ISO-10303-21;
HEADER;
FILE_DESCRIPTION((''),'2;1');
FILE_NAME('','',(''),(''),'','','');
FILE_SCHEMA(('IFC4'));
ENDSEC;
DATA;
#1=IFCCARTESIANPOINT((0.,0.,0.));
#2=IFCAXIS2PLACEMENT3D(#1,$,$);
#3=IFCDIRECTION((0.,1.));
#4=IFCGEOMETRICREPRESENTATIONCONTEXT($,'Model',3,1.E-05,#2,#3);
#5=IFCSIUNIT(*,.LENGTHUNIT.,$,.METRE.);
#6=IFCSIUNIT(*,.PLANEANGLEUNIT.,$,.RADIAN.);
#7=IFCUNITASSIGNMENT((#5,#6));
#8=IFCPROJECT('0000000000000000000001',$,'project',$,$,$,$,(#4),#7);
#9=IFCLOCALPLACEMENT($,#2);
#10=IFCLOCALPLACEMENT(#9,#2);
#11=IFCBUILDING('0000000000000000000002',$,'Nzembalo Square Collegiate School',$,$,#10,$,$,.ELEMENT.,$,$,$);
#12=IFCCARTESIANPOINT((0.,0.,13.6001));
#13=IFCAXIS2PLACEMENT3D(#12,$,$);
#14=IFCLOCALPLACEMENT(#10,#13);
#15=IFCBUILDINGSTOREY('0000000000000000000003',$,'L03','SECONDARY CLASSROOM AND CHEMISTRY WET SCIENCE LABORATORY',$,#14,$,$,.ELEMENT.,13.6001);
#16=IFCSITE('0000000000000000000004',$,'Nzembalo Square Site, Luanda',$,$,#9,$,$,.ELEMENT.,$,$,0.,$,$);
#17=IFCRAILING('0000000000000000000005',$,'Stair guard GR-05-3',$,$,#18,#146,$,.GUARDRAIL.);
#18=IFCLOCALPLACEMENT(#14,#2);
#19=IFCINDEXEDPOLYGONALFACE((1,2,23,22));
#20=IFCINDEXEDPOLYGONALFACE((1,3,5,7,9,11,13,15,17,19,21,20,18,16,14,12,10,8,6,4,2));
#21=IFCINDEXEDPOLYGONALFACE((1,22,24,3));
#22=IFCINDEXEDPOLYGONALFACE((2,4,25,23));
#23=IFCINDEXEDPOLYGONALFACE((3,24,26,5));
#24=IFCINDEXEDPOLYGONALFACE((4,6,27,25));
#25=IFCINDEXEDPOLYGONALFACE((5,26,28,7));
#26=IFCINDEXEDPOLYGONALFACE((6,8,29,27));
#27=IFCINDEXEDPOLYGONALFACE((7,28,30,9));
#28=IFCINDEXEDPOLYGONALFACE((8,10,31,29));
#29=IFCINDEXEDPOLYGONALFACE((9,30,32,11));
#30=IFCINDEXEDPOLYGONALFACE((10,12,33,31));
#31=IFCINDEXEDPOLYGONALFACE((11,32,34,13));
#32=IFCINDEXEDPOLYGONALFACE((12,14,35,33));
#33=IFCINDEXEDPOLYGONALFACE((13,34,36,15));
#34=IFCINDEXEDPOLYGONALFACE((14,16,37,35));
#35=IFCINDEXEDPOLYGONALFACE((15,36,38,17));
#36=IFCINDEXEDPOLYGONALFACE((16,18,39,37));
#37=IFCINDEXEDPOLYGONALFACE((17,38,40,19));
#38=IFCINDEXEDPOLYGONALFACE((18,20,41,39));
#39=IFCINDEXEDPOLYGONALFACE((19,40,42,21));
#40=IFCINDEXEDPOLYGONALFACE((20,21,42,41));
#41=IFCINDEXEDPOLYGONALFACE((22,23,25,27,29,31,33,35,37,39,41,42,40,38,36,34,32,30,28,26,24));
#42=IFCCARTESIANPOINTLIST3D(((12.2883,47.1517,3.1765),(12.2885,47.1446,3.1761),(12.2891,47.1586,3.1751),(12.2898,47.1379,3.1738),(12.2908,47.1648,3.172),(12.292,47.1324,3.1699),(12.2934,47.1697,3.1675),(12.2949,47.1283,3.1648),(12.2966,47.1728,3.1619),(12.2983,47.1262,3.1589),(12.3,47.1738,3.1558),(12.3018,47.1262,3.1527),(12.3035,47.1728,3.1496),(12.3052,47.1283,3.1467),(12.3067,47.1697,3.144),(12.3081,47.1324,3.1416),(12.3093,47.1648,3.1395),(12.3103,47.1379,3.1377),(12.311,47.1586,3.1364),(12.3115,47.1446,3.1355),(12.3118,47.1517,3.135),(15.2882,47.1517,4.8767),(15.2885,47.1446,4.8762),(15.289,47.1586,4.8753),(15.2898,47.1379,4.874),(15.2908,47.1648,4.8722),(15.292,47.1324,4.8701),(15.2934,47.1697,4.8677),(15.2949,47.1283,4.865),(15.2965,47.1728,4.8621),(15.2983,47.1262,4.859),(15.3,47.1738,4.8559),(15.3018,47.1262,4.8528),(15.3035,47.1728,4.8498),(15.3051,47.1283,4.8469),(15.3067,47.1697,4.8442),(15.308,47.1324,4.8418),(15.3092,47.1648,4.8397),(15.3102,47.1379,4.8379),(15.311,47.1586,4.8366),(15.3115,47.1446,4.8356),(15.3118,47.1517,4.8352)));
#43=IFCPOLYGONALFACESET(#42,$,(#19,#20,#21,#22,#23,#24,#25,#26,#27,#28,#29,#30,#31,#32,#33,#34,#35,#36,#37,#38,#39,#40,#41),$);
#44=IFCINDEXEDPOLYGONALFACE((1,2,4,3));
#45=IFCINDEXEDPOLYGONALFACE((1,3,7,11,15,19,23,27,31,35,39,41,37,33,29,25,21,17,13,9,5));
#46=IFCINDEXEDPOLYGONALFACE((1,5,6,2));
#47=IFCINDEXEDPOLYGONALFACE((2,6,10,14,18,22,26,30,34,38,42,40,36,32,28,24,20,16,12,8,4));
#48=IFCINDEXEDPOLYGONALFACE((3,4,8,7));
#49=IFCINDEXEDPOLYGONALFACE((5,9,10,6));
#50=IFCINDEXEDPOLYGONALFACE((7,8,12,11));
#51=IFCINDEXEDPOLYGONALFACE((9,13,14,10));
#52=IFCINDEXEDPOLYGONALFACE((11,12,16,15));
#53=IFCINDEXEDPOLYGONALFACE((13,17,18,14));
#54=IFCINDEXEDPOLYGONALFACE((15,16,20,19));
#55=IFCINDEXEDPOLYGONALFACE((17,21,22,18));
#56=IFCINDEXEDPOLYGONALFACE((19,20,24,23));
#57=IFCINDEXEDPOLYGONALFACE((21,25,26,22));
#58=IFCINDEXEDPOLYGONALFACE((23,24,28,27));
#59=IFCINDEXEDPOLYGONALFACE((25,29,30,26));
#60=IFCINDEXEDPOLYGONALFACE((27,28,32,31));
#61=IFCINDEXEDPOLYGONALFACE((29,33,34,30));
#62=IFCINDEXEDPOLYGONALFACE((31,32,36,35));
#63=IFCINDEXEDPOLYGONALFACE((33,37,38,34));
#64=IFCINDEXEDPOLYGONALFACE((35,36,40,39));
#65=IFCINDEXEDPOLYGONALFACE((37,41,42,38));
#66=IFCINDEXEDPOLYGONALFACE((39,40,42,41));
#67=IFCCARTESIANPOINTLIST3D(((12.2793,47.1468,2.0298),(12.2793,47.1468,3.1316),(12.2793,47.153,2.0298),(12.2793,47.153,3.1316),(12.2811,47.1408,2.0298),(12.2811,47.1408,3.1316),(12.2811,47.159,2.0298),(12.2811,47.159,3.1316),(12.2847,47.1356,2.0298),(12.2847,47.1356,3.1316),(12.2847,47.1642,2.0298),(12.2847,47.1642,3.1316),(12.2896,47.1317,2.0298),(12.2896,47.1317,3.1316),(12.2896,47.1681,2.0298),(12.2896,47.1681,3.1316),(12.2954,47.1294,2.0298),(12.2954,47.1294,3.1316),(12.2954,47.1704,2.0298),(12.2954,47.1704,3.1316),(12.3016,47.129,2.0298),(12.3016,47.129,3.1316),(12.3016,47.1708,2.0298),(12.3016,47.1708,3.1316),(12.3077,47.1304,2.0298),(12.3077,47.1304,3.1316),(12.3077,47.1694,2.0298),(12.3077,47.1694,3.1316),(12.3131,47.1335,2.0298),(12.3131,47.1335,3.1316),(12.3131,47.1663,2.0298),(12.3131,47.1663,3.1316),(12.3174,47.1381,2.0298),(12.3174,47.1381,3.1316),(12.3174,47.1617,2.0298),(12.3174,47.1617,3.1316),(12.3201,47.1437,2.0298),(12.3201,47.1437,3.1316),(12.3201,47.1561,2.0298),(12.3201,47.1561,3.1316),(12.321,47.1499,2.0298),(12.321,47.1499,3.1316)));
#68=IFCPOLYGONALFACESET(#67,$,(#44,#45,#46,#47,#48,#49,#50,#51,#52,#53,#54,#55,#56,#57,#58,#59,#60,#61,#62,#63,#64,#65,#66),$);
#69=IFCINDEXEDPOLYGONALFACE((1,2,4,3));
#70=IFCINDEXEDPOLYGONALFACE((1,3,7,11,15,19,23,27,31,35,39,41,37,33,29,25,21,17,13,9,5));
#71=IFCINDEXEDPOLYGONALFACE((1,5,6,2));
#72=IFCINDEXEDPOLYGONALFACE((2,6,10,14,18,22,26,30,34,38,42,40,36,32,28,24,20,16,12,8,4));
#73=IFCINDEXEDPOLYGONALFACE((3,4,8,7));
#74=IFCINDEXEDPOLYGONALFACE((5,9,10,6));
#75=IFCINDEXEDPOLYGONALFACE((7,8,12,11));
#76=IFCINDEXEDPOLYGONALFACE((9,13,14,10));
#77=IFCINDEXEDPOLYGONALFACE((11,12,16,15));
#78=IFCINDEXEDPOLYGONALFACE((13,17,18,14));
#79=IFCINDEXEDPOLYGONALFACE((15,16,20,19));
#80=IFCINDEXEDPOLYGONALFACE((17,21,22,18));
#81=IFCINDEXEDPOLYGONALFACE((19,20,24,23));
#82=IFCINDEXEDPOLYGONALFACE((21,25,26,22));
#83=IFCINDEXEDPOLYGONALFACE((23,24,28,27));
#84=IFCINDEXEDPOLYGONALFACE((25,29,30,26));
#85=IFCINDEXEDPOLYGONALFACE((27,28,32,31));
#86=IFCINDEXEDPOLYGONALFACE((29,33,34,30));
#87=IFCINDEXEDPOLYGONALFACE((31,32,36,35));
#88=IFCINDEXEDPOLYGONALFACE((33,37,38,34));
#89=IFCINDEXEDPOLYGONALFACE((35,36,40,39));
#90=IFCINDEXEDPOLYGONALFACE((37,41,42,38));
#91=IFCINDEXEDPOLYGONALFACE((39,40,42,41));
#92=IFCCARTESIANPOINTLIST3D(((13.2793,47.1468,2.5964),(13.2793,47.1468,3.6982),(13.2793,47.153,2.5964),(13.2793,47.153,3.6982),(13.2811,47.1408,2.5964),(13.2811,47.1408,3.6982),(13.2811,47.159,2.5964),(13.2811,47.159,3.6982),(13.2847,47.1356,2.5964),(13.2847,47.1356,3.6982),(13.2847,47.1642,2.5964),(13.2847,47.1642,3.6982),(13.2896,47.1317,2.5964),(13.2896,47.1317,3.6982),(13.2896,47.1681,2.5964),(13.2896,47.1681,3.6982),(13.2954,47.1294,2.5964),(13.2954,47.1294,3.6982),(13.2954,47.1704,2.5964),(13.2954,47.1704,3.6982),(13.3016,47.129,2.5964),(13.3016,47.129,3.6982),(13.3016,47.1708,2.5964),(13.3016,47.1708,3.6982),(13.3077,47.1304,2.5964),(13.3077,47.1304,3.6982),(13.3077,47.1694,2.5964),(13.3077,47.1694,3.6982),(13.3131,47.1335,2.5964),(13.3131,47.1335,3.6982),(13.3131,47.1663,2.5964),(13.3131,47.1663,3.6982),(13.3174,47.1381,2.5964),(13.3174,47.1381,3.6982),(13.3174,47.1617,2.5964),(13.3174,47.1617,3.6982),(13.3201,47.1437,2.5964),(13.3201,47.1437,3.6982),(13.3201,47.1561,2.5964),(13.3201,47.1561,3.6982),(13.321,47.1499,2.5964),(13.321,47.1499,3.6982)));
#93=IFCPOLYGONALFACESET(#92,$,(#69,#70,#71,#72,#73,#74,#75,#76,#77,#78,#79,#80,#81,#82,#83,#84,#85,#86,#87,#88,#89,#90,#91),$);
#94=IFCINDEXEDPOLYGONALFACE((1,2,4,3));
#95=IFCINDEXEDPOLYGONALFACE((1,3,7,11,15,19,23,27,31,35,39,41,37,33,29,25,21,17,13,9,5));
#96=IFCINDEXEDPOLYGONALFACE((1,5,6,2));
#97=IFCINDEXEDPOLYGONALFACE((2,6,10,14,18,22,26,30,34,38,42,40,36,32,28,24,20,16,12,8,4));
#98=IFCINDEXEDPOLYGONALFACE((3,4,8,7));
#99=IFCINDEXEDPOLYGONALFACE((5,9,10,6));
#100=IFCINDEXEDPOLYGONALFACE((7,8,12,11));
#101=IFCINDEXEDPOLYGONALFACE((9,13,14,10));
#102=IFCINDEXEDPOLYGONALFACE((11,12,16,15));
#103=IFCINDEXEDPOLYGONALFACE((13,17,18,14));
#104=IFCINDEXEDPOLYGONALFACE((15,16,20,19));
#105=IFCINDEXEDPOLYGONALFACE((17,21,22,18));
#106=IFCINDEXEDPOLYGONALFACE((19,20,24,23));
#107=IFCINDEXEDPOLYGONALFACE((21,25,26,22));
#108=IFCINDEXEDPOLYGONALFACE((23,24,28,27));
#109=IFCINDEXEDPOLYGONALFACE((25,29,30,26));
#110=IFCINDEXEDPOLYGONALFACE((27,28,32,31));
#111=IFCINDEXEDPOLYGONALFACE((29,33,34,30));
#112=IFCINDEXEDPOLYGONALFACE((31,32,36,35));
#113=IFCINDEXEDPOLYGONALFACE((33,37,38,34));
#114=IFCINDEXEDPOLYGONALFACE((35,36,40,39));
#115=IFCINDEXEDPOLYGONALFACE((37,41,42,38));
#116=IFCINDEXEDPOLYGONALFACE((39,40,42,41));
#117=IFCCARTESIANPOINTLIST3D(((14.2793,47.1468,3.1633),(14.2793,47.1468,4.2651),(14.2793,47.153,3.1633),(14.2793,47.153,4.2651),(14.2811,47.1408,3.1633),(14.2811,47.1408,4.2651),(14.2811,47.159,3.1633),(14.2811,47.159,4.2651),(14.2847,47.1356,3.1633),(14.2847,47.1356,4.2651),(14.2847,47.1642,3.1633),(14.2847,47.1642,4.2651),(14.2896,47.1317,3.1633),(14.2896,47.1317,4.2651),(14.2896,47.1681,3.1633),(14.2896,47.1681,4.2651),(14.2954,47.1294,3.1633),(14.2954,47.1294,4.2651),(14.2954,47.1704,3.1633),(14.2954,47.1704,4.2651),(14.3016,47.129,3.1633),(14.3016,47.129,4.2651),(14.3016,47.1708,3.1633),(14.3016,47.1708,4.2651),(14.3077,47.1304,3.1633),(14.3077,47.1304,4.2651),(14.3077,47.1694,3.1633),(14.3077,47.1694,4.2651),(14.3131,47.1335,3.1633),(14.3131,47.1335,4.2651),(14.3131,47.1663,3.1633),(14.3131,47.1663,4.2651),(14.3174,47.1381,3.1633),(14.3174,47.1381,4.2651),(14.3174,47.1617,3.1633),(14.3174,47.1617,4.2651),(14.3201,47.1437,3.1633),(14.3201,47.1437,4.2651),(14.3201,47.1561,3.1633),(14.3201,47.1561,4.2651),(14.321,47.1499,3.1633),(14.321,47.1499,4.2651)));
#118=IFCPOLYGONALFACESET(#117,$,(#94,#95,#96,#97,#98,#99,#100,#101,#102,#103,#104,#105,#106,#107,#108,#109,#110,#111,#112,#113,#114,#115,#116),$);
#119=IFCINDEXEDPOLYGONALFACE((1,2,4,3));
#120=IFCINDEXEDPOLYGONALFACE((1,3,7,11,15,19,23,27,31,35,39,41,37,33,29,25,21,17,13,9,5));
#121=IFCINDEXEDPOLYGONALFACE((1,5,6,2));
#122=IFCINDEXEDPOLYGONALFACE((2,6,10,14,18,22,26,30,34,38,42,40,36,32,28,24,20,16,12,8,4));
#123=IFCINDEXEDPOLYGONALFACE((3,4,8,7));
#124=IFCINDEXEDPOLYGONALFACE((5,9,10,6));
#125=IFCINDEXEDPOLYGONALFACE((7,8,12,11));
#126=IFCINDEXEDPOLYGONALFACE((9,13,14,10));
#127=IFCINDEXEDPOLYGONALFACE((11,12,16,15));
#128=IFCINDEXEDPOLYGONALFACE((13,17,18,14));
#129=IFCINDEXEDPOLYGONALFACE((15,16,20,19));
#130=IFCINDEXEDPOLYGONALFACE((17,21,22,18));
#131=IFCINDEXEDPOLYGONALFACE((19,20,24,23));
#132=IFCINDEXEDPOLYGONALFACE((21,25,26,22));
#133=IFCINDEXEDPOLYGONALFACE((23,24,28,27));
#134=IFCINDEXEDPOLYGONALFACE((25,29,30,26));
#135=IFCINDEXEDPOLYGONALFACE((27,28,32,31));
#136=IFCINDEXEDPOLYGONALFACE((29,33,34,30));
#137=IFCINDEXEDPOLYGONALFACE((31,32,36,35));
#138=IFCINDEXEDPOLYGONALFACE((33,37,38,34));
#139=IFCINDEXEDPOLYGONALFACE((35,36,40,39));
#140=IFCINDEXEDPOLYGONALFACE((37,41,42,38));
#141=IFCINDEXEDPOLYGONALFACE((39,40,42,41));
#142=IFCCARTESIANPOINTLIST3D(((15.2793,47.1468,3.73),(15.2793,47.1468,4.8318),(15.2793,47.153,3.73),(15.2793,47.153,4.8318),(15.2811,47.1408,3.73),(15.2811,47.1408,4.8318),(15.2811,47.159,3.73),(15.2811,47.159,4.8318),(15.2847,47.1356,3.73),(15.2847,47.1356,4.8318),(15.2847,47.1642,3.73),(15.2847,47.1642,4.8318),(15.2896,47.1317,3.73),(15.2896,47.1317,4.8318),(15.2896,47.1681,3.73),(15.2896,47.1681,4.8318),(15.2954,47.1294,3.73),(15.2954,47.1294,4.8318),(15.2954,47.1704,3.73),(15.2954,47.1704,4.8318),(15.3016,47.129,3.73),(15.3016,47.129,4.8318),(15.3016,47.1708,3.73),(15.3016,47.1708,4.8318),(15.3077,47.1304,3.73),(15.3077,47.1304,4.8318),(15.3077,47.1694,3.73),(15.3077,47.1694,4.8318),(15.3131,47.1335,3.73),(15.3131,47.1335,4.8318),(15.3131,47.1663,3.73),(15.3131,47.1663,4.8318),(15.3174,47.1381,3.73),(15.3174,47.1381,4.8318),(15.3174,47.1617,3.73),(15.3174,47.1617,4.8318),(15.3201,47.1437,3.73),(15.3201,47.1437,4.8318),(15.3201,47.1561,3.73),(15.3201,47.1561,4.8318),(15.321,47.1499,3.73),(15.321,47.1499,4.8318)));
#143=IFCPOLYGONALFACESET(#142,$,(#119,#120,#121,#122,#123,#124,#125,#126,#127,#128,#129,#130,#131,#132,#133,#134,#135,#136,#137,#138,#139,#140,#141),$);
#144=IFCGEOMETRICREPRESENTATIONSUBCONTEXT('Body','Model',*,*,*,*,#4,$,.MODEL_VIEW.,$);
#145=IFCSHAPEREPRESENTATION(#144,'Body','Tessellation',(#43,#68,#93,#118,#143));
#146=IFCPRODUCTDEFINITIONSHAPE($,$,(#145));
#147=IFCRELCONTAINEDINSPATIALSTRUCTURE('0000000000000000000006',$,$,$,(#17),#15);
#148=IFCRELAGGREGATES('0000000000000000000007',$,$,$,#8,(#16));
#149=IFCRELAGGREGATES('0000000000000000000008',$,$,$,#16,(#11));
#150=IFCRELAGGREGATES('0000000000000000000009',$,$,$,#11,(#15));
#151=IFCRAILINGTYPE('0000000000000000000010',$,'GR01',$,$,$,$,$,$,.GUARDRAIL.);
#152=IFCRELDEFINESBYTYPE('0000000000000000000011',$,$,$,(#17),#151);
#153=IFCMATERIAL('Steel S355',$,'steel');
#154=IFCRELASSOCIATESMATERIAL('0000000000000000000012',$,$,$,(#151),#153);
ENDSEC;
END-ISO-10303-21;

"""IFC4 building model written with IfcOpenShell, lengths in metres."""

from ifc_helpers import new_model, si_unit, direction, frame, origin, origin_2d, place, context, subcontext, project, spatial, circle, extrude, material, type_object, element, save


model = new_model("IFC4")

# Units and contexts
model_context = context("Model", 3, precision=1e-05, world=origin(), true_north=direction((0.0, 1.0)))
body_context = subcontext(model_context, "Body", "Model", "MODEL_VIEW")
ifc_project = project(units=[si_unit("LENGTHUNIT", "METRE"), si_unit("PLANEANGLEUNIT", "RADIAN")], contexts=[model_context])

# Site, building, storey
site_placement = place(None, origin())
site = spatial("IfcSite", under=ifc_project, at=site_placement, Name="Nzembalo Square Site, Luanda", CompositionType="ELEMENT", RefElevation=0.0)
building_placement = place(site_placement, origin())
building = spatial("IfcBuilding", under=site, at=building_placement, Name="Nzembalo Square Collegiate School", CompositionType="ELEMENT")
storey_placement = place(building_placement, frame((0.0, 0.0, 13.6001)))
storey = spatial("IfcBuildingStorey", under=building, at=storey_placement, Name="L03", Description="SECONDARY CLASSROOM AND CHEMISTRY WET SCIENCE LABORATORY", CompositionType="ELEMENT", Elevation=13.6001)

# Railing
ifc_material_1 = material(Name="Steel S355", Category="steel")
railing_type_1 = type_object("IfcRailingType", Name="GR01", PredefinedType="GUARDRAIL", material=ifc_material_1)
railing_1_placement = place(storey_placement, frame((12.3, 47.1499, 2.0298)))
element("IfcRailing", 1, at=railing_1_placement, inside=storey, type_object=railing_type_1, Name="Stair guard GR-05-3", PredefinedType="GUARDRAIL", context=body_context, shape_type="SweptSolid", body=[
    extrude(circle(Radius=0.0239, at=origin_2d()), frame((0.0, 0.0, 1.126), z_axis=(0.869998, 0.0, 0.493055), x_axis=(0.0, 1.0, 0.0)), (0.0, 0.0, 1.0), 3.4482),
    extrude(circle(Radius=0.021, at=origin_2d()), origin(), (0.0, 0.0, 1.0), 1.1018),
    extrude(circle(Radius=0.021, at=origin_2d()), frame((1.0, 0.0, 0.5667)), (0.0, 0.0, 1.0), 1.1018),
    extrude(circle(Radius=0.021, at=origin_2d()), frame((2.0, 0.0, 1.1335)), (0.0, 0.0, 1.0), 1.1018),
    extrude(circle(Radius=0.021, at=origin_2d()), frame((3.0, 0.0, 1.7002)), (0.0, 0.0, 1.0), 1.1018),
])

save(model, "model.ifc")
